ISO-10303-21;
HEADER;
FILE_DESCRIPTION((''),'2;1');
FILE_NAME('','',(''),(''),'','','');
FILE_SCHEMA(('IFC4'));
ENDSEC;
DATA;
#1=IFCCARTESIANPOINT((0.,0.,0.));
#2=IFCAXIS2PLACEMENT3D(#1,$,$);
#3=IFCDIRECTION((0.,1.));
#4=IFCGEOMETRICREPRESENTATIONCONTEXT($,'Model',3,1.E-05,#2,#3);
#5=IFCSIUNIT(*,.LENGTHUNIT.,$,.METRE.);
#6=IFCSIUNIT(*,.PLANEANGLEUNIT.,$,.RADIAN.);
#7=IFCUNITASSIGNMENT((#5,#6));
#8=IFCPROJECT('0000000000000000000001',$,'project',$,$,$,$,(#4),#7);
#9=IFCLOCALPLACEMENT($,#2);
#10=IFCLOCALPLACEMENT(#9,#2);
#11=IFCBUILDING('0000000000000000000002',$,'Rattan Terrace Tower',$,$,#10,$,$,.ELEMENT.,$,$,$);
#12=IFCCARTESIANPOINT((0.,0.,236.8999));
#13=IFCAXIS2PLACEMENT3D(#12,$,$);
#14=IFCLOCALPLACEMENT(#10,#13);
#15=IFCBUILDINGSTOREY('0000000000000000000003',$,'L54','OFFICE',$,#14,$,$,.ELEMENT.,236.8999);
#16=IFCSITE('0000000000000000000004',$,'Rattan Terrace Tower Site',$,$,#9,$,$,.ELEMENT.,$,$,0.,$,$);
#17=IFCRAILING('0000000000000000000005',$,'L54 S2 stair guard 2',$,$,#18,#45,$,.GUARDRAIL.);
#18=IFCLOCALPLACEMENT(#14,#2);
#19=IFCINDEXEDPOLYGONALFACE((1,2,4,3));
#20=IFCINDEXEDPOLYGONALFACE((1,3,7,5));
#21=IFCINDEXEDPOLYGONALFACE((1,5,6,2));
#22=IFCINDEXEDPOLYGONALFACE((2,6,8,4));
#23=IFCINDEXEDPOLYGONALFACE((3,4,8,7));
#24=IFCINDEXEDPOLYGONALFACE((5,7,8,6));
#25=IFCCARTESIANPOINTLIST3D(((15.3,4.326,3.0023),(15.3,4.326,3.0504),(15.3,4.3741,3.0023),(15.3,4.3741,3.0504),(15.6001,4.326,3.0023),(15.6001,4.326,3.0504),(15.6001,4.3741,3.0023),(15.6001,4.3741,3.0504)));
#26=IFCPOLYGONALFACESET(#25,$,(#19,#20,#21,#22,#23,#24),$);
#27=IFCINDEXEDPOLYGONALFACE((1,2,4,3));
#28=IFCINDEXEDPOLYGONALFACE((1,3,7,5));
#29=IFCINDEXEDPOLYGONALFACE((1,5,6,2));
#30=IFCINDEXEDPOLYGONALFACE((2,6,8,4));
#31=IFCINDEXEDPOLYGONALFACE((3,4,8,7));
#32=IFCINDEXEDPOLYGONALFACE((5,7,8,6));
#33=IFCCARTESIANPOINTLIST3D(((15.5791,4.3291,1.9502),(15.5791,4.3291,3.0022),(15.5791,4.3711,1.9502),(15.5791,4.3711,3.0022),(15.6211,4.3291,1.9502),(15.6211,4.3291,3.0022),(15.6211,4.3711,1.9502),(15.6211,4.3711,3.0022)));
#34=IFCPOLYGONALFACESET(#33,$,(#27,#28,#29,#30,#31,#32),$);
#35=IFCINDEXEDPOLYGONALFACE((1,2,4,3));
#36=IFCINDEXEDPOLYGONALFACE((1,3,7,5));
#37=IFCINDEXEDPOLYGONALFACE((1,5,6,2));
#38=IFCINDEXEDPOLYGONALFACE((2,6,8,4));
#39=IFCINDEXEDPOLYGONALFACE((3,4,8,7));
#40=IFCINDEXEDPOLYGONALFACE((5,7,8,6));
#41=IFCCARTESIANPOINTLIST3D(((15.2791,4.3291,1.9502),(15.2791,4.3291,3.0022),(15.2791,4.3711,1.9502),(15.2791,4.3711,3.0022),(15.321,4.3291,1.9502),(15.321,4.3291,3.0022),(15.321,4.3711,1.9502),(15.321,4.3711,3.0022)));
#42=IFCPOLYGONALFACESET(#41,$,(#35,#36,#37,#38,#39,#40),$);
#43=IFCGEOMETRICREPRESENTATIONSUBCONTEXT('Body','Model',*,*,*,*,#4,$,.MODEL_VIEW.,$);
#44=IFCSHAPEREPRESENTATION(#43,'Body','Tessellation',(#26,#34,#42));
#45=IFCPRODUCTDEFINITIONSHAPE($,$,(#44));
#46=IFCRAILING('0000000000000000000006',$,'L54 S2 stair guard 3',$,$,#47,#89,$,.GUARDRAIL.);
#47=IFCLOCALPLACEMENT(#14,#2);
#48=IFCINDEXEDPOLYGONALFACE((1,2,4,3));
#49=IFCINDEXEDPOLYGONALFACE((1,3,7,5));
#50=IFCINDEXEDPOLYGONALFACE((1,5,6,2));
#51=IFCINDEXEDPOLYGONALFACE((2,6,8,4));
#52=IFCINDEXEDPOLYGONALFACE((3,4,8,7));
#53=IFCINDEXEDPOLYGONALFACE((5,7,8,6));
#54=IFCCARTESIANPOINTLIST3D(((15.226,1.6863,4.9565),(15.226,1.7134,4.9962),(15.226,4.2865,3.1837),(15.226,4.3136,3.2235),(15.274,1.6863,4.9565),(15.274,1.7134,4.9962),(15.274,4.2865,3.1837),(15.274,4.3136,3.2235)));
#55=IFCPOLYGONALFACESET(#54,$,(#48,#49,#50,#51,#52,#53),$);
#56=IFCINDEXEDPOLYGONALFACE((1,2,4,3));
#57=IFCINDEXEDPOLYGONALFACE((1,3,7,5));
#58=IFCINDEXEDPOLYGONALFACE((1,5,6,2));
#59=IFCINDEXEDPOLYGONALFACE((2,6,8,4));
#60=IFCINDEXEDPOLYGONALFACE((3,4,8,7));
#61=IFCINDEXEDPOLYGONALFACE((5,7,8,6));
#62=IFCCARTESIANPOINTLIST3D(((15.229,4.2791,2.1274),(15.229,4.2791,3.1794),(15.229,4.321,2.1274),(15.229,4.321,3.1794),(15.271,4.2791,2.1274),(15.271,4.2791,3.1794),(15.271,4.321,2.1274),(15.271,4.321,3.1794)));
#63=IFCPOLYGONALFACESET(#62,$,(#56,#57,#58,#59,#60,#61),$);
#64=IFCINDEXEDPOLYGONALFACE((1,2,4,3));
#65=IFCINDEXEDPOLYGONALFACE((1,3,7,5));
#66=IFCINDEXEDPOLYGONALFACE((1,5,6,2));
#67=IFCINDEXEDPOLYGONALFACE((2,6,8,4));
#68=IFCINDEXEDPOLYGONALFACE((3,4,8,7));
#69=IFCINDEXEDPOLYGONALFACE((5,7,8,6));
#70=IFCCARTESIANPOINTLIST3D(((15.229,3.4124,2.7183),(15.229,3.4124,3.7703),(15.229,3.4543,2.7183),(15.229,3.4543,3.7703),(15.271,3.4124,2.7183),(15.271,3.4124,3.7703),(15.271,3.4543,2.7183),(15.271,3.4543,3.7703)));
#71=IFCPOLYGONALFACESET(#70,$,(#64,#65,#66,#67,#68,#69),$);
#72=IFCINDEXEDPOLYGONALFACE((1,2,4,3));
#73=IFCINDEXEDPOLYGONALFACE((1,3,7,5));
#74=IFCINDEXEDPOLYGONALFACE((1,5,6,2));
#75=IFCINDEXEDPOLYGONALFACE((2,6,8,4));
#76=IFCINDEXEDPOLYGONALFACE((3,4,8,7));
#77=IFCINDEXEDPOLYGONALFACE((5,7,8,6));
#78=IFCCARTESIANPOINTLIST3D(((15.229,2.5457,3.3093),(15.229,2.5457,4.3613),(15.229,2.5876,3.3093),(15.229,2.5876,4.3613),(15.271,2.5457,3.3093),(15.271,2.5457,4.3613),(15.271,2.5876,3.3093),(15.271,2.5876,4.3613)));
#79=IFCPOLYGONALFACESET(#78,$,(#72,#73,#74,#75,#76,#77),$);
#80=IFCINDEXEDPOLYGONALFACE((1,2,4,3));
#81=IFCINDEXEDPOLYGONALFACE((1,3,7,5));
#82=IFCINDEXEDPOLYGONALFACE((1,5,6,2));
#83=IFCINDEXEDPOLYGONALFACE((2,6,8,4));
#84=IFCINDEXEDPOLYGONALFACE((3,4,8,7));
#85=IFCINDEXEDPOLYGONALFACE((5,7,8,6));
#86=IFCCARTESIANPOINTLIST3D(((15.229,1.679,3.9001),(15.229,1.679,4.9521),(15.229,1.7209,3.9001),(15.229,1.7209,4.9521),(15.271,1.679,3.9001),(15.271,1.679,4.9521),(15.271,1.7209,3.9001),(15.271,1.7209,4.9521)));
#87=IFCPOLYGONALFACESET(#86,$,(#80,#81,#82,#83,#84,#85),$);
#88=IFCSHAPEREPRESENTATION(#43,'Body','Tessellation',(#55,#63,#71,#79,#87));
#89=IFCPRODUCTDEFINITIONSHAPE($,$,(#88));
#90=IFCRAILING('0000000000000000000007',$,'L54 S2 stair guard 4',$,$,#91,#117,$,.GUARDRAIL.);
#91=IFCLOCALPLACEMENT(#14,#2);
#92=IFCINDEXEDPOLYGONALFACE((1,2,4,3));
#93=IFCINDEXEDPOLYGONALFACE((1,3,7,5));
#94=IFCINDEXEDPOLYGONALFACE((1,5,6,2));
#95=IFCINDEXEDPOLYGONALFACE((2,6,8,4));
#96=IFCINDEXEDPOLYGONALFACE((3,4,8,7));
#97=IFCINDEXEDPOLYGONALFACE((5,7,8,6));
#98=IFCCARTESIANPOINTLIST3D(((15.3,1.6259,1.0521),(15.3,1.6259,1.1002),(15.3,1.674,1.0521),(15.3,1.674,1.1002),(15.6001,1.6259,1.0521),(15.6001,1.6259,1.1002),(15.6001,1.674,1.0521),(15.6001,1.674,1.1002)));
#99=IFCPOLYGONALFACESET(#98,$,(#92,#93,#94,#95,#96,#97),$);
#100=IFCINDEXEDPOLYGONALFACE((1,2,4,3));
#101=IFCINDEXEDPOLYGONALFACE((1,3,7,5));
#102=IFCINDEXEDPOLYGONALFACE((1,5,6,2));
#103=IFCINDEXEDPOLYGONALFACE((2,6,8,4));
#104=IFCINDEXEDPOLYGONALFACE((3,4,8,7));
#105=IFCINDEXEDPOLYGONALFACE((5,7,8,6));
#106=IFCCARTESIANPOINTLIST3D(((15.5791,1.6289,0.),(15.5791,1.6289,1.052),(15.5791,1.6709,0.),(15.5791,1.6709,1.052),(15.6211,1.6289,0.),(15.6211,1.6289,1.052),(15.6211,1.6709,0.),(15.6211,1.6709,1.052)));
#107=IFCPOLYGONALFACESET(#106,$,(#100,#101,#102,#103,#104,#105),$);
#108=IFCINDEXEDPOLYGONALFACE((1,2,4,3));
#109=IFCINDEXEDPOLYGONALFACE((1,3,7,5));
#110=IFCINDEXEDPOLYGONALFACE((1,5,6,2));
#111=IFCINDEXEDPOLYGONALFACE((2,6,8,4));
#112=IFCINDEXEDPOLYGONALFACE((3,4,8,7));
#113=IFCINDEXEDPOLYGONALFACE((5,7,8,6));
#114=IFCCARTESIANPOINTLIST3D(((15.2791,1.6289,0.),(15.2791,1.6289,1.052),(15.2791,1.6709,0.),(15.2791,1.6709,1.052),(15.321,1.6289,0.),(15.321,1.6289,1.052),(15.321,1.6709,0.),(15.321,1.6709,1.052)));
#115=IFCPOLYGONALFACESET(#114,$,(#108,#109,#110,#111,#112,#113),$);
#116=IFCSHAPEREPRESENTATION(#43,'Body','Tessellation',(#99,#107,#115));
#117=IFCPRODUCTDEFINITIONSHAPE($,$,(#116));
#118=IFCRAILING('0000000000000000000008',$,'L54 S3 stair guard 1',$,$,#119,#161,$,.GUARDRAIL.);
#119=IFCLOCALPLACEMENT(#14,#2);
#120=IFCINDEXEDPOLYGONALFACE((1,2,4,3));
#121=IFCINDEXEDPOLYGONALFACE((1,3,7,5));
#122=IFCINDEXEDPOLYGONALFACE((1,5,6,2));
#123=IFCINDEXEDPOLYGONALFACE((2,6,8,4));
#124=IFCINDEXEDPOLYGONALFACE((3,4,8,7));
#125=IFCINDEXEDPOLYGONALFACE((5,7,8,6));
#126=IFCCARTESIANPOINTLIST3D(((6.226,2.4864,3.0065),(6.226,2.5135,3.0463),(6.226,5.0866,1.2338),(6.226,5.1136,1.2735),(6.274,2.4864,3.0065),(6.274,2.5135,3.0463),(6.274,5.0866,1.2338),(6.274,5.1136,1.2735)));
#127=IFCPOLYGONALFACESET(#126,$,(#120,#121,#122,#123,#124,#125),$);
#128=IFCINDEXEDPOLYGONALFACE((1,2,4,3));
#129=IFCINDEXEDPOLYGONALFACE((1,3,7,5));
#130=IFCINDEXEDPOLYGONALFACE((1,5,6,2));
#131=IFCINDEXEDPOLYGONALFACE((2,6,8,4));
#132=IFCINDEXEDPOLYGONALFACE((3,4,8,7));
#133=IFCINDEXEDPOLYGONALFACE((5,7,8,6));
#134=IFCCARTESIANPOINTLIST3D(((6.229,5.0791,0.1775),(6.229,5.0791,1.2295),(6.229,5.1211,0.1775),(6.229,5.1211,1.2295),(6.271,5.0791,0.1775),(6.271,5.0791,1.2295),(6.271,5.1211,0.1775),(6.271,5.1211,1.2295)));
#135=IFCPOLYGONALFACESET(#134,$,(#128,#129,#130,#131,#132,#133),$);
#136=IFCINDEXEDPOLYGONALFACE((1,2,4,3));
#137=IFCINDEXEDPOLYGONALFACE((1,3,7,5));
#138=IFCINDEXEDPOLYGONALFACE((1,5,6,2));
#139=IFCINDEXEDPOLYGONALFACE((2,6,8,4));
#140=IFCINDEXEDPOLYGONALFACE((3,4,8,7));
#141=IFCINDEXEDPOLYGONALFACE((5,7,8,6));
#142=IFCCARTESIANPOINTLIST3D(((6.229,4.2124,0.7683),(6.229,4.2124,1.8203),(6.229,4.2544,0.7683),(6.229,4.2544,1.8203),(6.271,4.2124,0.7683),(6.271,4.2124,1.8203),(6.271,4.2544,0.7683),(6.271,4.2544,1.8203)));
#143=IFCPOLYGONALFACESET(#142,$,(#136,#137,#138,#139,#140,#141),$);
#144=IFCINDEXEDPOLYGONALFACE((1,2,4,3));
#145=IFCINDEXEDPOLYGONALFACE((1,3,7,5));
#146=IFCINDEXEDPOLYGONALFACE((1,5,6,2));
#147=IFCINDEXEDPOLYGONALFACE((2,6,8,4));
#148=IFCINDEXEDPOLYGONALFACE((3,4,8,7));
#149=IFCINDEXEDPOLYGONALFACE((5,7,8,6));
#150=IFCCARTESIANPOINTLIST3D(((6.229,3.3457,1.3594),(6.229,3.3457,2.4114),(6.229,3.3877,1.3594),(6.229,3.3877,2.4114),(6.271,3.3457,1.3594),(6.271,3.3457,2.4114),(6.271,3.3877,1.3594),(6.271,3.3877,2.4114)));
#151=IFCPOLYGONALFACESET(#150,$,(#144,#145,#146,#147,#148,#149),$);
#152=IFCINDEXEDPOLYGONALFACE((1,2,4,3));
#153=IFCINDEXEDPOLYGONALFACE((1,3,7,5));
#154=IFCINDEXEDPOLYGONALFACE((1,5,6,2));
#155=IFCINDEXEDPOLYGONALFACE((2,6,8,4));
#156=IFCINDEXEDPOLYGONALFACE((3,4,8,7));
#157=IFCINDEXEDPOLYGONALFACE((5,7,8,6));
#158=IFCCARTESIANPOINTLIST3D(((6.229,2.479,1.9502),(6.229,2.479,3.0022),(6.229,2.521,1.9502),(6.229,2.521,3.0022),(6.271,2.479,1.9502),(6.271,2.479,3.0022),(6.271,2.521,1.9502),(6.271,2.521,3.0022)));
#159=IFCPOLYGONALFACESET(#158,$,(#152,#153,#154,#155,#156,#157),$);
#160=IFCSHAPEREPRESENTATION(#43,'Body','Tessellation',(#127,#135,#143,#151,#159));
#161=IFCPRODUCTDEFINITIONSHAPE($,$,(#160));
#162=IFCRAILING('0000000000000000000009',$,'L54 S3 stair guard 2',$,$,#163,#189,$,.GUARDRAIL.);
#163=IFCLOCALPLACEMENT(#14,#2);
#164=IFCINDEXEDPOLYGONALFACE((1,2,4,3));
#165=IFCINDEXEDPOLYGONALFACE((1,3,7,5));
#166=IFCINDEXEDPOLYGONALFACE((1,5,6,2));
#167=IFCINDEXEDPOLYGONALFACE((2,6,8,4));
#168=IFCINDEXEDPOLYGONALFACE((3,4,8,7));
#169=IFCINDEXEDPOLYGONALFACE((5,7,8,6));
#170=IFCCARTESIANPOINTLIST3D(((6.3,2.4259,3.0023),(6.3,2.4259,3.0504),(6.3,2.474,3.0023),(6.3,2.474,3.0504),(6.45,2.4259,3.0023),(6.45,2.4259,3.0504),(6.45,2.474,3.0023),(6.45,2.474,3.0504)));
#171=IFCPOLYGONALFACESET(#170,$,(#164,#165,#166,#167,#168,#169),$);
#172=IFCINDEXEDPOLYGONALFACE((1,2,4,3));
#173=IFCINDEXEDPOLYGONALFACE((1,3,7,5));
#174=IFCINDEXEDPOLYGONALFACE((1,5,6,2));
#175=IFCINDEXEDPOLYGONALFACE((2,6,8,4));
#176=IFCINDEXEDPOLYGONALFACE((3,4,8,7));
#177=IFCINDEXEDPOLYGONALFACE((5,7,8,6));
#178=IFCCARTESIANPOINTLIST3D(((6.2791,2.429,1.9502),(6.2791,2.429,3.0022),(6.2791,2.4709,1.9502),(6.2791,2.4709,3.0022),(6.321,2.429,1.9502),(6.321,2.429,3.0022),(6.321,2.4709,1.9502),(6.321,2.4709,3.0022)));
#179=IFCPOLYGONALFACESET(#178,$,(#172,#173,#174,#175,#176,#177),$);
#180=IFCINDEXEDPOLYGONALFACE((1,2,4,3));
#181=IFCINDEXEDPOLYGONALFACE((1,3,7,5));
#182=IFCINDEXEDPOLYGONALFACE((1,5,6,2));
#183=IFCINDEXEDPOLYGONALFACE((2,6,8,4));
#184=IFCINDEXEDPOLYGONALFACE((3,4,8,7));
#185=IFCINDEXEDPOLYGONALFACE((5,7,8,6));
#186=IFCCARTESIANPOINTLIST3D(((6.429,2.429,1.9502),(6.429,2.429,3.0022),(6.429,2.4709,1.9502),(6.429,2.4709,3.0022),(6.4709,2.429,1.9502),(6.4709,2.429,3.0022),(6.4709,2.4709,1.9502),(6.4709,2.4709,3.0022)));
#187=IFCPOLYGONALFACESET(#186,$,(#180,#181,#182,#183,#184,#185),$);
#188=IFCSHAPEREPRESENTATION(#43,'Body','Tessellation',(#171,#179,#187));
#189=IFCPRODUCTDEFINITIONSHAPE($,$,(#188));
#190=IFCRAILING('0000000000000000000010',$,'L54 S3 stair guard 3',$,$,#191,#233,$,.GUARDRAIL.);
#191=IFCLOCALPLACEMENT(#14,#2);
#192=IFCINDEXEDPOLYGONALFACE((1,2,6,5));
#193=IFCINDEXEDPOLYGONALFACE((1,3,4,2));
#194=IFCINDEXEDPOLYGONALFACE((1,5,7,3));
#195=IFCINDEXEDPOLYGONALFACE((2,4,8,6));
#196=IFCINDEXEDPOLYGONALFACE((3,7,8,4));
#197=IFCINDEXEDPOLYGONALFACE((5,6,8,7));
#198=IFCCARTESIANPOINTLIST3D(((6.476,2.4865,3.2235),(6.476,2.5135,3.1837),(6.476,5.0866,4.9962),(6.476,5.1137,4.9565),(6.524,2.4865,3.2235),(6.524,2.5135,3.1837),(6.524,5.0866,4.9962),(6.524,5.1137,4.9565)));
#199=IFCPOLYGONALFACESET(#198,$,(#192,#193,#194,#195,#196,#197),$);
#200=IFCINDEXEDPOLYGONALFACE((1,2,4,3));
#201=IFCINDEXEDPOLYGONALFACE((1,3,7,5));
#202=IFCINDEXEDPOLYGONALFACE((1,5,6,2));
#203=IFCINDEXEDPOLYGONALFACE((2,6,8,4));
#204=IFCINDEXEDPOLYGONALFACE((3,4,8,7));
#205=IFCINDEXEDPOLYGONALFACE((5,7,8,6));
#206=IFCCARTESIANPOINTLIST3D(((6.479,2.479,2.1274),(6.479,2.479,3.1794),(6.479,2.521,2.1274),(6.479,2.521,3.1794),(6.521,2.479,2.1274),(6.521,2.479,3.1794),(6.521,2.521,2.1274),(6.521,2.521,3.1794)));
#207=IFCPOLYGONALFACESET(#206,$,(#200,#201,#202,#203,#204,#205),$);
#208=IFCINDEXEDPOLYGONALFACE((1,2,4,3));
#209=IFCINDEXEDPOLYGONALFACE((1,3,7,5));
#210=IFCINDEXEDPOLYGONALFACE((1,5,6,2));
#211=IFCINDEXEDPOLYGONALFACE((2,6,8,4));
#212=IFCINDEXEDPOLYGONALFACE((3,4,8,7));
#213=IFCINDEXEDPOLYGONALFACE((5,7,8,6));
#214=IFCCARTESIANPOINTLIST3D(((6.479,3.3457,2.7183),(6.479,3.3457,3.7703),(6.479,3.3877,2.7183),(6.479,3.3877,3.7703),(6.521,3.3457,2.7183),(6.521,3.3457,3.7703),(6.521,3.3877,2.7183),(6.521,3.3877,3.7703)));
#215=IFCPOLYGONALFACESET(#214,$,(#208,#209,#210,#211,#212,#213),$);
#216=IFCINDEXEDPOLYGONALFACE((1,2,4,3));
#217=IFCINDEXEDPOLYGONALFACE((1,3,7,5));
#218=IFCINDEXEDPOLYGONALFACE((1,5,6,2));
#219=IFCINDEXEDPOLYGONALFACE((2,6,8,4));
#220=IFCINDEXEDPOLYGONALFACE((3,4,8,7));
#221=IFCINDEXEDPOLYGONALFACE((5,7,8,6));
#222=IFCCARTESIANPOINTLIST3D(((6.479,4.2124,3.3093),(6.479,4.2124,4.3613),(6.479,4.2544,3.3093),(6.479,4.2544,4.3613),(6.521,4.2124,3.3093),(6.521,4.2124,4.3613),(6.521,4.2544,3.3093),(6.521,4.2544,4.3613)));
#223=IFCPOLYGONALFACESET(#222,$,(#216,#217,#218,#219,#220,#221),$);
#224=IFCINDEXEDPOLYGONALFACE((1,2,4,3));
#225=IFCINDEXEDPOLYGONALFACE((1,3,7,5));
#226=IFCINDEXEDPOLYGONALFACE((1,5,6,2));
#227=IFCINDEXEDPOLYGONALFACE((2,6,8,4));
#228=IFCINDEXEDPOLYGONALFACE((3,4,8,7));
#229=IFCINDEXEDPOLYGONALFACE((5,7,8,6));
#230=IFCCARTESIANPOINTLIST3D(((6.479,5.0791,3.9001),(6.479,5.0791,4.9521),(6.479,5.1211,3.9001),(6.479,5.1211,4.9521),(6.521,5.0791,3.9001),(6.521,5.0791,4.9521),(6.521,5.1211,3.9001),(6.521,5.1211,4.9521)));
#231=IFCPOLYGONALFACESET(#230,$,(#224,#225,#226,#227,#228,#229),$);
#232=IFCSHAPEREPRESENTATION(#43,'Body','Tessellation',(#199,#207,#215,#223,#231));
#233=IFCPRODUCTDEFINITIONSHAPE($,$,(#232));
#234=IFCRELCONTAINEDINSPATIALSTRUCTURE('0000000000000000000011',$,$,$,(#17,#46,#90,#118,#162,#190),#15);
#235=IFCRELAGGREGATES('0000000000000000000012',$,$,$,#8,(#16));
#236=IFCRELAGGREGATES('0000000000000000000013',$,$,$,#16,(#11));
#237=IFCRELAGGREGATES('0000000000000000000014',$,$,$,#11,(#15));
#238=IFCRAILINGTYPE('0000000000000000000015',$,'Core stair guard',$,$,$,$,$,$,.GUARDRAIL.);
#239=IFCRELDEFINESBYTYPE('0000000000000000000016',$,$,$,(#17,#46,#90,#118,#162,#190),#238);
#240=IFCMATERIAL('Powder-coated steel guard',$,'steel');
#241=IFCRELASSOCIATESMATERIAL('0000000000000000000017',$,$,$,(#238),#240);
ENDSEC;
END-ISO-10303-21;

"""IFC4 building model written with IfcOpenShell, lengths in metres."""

from ifc_helpers import new_model, si_unit, direction, frame, origin, origin_2d, place, context, subcontext, project, spatial, rectangle, extrude, material, type_object, element, save


model = new_model("IFC4")

# Units and contexts
model_context = context("Model", 3, precision=1e-05, world=origin(), true_north=direction((0.0, 1.0)))
body_context = subcontext(model_context, "Body", "Model", "MODEL_VIEW")
ifc_project = project(units=[si_unit("LENGTHUNIT", "METRE"), si_unit("PLANEANGLEUNIT", "RADIAN")], contexts=[model_context])

# Site, building, storey
site_placement = place(None, origin())
site = spatial("IfcSite", under=ifc_project, at=site_placement, Name="Rattan Terrace Tower Site", CompositionType="ELEMENT", RefElevation=0.0)
building_placement = place(site_placement, origin())
building = spatial("IfcBuilding", under=site, at=building_placement, Name="Rattan Terrace Tower", CompositionType="ELEMENT")
storey_placement = place(building_placement, frame((0.0, 0.0, 236.8999)))
storey = spatial("IfcBuildingStorey", under=building, at=storey_placement, Name="L54", Description="OFFICE", CompositionType="ELEMENT", Elevation=236.8999)

# Railings
ifc_material_1 = material(Name="Powder-coated steel guard", Category="steel")
railing_type_1 = type_object("IfcRailingType", Name="Core stair guard", PredefinedType="GUARDRAIL", material=ifc_material_1)
railing_1_placement = place(storey_placement, frame((15.6001, 4.3501, 1.9502)))
element("IfcRailing", 1, at=railing_1_placement, inside=storey, type_object=railing_type_1, Name="L54 S2 stair guard 2", PredefinedType="GUARDRAIL", context=body_context, shape_type="SweptSolid", body=[
    extrude(rectangle(XDim=0.0481, YDim=0.0481, at=origin_2d()), frame((0.0, 0.0, 1.0762), z_axis=(-1.0, 0.0, 0.0), x_axis=(0.0, -1.0, 0.0)), (0.0, 0.0, 1.0), 0.3),
    extrude(rectangle(XDim=0.042, YDim=0.042, at=origin_2d()), origin(), (0.0, 0.0, 1.0), 1.052),
    extrude(rectangle(XDim=0.042, YDim=0.042, at=origin_2d()), frame((-0.3, 0.0, 0.0)), (0.0, 0.0, 1.0), 1.052),
])
railing_2_placement = place(storey_placement, frame((15.25, 4.3, 2.1274)))
element("IfcRailing", 2, at=railing_2_placement, inside=storey, type_object=railing_type_1, Name="L54 S2 stair guard 3", PredefinedType="GUARDRAIL", context=body_context, shape_type="SweptSolid", body=[
    extrude(rectangle(XDim=0.0481, YDim=0.0481, at=origin_2d()), frame((0.0, 0.0, 1.0762), z_axis=(0.0, -0.82624, 0.563318), x_axis=(1.0, 0.0, 0.0)), (0.0, 0.0, 1.0), 3.147),
    extrude(rectangle(XDim=0.042, YDim=0.042, at=origin_2d()), origin(), (0.0, 0.0, 1.0), 1.052),
    extrude(rectangle(XDim=0.042, YDim=0.042, at=origin_2d()), frame((0.0, -0.8667, 0.5908)), (0.0, 0.0, 1.0), 1.052),
    extrude(rectangle(XDim=0.042, YDim=0.042, at=origin_2d()), frame((0.0, -1.7334, 1.1819)), (0.0, 0.0, 1.0), 1.052),
    extrude(rectangle(XDim=0.042, YDim=0.042, at=origin_2d()), frame((0.0, -2.6001, 1.7727)), (0.0, 0.0, 1.0), 1.052),
])
railing_3_placement = place(storey_placement, frame((15.6001, 1.6499, 0.0)))
element("IfcRailing", 3, at=railing_3_placement, inside=storey, type_object=railing_type_1, Name="L54 S2 stair guard 4", PredefinedType="GUARDRAIL", context=body_context, shape_type="SweptSolid", body=[
    extrude(rectangle(XDim=0.0481, YDim=0.0481, at=origin_2d()), frame((0.0, 0.0, 1.0762), z_axis=(-1.0, 0.0, 0.0), x_axis=(0.0, -1.0, 0.0)), (0.0, 0.0, 1.0), 0.3),
    extrude(rectangle(XDim=0.042, YDim=0.042, at=origin_2d()), origin(), (0.0, 0.0, 1.0), 1.052),
    extrude(rectangle(XDim=0.042, YDim=0.042, at=origin_2d()), frame((-0.3, 0.0, 0.0)), (0.0, 0.0, 1.0), 1.052),
])
railing_4_placement = place(storey_placement, frame((6.25, 5.1001, 0.1775)))
element("IfcRailing", 4, at=railing_4_placement, inside=storey, type_object=railing_type_1, Name="L54 S3 stair guard 1", PredefinedType="GUARDRAIL", context=body_context, shape_type="SweptSolid", body=[
    extrude(rectangle(XDim=0.0481, YDim=0.0481, at=origin_2d()), frame((0.0, 0.0, 1.0762), z_axis=(0.0, -0.82624, 0.563318), x_axis=(1.0, 0.0, 0.0)), (0.0, 0.0, 1.0), 3.147),
    extrude(rectangle(XDim=0.042, YDim=0.042, at=origin_2d()), origin(), (0.0, 0.0, 1.0), 1.052),
    extrude(rectangle(XDim=0.042, YDim=0.042, at=origin_2d()), frame((0.0, -0.8667, 0.5908)), (0.0, 0.0, 1.0), 1.052),
    extrude(rectangle(XDim=0.042, YDim=0.042, at=origin_2d()), frame((0.0, -1.7334, 1.1819)), (0.0, 0.0, 1.0), 1.052),
    extrude(rectangle(XDim=0.042, YDim=0.042, at=origin_2d()), frame((0.0, -2.6001, 1.7727)), (0.0, 0.0, 1.0), 1.052),
])
railing_5_placement = place(storey_placement, frame((6.3, 2.45, 1.9502)))
element("IfcRailing", 5, at=railing_5_placement, inside=storey, type_object=railing_type_1, Name="L54 S3 stair guard 2", PredefinedType="GUARDRAIL", context=body_context, shape_type="SweptSolid", body=[
    extrude(rectangle(XDim=0.0481, YDim=0.0481, at=origin_2d()), frame((0.0, 0.0, 1.0762), z_axis=(1.0, 0.0, 0.0), x_axis=(0.0, 1.0, 0.0)), (0.0, 0.0, 1.0), 0.1499),
    extrude(rectangle(XDim=0.042, YDim=0.042, at=origin_2d()), origin(), (0.0, 0.0, 1.0), 1.052),
    extrude(rectangle(XDim=0.042, YDim=0.042, at=origin_2d()), frame((0.1499, 0.0, 0.0)), (0.0, 0.0, 1.0), 1.052),
])
railing_6_placement = place(storey_placement, frame((6.5, 2.5, 2.1274)))
element("IfcRailing", 6, at=railing_6_placement, inside=storey, type_object=railing_type_1, Name="L54 S3 stair guard 3", PredefinedType="GUARDRAIL", context=body_context, shape_type="SweptSolid", body=[
    extrude(rectangle(XDim=0.0481, YDim=0.0481, at=origin_2d()), frame((0.0, 0.0, 1.0762), z_axis=(0.0, 0.82624, 0.563318), x_axis=(-1.0, 0.0, 0.0)), (0.0, 0.0, 1.0), 3.147),
    extrude(rectangle(XDim=0.042, YDim=0.042, at=origin_2d()), origin(), (0.0, 0.0, 1.0), 1.052),
    extrude(rectangle(XDim=0.042, YDim=0.042, at=origin_2d()), frame((0.0, 0.8667, 0.5908)), (0.0, 0.0, 1.0), 1.052),
    extrude(rectangle(XDim=0.042, YDim=0.042, at=origin_2d()), frame((0.0, 1.7334, 1.1819)), (0.0, 0.0, 1.0), 1.052),
    extrude(rectangle(XDim=0.042, YDim=0.042, at=origin_2d()), frame((0.0, 2.6001, 1.7727)), (0.0, 0.0, 1.0), 1.052),
])

save(model, "model.ifc")
